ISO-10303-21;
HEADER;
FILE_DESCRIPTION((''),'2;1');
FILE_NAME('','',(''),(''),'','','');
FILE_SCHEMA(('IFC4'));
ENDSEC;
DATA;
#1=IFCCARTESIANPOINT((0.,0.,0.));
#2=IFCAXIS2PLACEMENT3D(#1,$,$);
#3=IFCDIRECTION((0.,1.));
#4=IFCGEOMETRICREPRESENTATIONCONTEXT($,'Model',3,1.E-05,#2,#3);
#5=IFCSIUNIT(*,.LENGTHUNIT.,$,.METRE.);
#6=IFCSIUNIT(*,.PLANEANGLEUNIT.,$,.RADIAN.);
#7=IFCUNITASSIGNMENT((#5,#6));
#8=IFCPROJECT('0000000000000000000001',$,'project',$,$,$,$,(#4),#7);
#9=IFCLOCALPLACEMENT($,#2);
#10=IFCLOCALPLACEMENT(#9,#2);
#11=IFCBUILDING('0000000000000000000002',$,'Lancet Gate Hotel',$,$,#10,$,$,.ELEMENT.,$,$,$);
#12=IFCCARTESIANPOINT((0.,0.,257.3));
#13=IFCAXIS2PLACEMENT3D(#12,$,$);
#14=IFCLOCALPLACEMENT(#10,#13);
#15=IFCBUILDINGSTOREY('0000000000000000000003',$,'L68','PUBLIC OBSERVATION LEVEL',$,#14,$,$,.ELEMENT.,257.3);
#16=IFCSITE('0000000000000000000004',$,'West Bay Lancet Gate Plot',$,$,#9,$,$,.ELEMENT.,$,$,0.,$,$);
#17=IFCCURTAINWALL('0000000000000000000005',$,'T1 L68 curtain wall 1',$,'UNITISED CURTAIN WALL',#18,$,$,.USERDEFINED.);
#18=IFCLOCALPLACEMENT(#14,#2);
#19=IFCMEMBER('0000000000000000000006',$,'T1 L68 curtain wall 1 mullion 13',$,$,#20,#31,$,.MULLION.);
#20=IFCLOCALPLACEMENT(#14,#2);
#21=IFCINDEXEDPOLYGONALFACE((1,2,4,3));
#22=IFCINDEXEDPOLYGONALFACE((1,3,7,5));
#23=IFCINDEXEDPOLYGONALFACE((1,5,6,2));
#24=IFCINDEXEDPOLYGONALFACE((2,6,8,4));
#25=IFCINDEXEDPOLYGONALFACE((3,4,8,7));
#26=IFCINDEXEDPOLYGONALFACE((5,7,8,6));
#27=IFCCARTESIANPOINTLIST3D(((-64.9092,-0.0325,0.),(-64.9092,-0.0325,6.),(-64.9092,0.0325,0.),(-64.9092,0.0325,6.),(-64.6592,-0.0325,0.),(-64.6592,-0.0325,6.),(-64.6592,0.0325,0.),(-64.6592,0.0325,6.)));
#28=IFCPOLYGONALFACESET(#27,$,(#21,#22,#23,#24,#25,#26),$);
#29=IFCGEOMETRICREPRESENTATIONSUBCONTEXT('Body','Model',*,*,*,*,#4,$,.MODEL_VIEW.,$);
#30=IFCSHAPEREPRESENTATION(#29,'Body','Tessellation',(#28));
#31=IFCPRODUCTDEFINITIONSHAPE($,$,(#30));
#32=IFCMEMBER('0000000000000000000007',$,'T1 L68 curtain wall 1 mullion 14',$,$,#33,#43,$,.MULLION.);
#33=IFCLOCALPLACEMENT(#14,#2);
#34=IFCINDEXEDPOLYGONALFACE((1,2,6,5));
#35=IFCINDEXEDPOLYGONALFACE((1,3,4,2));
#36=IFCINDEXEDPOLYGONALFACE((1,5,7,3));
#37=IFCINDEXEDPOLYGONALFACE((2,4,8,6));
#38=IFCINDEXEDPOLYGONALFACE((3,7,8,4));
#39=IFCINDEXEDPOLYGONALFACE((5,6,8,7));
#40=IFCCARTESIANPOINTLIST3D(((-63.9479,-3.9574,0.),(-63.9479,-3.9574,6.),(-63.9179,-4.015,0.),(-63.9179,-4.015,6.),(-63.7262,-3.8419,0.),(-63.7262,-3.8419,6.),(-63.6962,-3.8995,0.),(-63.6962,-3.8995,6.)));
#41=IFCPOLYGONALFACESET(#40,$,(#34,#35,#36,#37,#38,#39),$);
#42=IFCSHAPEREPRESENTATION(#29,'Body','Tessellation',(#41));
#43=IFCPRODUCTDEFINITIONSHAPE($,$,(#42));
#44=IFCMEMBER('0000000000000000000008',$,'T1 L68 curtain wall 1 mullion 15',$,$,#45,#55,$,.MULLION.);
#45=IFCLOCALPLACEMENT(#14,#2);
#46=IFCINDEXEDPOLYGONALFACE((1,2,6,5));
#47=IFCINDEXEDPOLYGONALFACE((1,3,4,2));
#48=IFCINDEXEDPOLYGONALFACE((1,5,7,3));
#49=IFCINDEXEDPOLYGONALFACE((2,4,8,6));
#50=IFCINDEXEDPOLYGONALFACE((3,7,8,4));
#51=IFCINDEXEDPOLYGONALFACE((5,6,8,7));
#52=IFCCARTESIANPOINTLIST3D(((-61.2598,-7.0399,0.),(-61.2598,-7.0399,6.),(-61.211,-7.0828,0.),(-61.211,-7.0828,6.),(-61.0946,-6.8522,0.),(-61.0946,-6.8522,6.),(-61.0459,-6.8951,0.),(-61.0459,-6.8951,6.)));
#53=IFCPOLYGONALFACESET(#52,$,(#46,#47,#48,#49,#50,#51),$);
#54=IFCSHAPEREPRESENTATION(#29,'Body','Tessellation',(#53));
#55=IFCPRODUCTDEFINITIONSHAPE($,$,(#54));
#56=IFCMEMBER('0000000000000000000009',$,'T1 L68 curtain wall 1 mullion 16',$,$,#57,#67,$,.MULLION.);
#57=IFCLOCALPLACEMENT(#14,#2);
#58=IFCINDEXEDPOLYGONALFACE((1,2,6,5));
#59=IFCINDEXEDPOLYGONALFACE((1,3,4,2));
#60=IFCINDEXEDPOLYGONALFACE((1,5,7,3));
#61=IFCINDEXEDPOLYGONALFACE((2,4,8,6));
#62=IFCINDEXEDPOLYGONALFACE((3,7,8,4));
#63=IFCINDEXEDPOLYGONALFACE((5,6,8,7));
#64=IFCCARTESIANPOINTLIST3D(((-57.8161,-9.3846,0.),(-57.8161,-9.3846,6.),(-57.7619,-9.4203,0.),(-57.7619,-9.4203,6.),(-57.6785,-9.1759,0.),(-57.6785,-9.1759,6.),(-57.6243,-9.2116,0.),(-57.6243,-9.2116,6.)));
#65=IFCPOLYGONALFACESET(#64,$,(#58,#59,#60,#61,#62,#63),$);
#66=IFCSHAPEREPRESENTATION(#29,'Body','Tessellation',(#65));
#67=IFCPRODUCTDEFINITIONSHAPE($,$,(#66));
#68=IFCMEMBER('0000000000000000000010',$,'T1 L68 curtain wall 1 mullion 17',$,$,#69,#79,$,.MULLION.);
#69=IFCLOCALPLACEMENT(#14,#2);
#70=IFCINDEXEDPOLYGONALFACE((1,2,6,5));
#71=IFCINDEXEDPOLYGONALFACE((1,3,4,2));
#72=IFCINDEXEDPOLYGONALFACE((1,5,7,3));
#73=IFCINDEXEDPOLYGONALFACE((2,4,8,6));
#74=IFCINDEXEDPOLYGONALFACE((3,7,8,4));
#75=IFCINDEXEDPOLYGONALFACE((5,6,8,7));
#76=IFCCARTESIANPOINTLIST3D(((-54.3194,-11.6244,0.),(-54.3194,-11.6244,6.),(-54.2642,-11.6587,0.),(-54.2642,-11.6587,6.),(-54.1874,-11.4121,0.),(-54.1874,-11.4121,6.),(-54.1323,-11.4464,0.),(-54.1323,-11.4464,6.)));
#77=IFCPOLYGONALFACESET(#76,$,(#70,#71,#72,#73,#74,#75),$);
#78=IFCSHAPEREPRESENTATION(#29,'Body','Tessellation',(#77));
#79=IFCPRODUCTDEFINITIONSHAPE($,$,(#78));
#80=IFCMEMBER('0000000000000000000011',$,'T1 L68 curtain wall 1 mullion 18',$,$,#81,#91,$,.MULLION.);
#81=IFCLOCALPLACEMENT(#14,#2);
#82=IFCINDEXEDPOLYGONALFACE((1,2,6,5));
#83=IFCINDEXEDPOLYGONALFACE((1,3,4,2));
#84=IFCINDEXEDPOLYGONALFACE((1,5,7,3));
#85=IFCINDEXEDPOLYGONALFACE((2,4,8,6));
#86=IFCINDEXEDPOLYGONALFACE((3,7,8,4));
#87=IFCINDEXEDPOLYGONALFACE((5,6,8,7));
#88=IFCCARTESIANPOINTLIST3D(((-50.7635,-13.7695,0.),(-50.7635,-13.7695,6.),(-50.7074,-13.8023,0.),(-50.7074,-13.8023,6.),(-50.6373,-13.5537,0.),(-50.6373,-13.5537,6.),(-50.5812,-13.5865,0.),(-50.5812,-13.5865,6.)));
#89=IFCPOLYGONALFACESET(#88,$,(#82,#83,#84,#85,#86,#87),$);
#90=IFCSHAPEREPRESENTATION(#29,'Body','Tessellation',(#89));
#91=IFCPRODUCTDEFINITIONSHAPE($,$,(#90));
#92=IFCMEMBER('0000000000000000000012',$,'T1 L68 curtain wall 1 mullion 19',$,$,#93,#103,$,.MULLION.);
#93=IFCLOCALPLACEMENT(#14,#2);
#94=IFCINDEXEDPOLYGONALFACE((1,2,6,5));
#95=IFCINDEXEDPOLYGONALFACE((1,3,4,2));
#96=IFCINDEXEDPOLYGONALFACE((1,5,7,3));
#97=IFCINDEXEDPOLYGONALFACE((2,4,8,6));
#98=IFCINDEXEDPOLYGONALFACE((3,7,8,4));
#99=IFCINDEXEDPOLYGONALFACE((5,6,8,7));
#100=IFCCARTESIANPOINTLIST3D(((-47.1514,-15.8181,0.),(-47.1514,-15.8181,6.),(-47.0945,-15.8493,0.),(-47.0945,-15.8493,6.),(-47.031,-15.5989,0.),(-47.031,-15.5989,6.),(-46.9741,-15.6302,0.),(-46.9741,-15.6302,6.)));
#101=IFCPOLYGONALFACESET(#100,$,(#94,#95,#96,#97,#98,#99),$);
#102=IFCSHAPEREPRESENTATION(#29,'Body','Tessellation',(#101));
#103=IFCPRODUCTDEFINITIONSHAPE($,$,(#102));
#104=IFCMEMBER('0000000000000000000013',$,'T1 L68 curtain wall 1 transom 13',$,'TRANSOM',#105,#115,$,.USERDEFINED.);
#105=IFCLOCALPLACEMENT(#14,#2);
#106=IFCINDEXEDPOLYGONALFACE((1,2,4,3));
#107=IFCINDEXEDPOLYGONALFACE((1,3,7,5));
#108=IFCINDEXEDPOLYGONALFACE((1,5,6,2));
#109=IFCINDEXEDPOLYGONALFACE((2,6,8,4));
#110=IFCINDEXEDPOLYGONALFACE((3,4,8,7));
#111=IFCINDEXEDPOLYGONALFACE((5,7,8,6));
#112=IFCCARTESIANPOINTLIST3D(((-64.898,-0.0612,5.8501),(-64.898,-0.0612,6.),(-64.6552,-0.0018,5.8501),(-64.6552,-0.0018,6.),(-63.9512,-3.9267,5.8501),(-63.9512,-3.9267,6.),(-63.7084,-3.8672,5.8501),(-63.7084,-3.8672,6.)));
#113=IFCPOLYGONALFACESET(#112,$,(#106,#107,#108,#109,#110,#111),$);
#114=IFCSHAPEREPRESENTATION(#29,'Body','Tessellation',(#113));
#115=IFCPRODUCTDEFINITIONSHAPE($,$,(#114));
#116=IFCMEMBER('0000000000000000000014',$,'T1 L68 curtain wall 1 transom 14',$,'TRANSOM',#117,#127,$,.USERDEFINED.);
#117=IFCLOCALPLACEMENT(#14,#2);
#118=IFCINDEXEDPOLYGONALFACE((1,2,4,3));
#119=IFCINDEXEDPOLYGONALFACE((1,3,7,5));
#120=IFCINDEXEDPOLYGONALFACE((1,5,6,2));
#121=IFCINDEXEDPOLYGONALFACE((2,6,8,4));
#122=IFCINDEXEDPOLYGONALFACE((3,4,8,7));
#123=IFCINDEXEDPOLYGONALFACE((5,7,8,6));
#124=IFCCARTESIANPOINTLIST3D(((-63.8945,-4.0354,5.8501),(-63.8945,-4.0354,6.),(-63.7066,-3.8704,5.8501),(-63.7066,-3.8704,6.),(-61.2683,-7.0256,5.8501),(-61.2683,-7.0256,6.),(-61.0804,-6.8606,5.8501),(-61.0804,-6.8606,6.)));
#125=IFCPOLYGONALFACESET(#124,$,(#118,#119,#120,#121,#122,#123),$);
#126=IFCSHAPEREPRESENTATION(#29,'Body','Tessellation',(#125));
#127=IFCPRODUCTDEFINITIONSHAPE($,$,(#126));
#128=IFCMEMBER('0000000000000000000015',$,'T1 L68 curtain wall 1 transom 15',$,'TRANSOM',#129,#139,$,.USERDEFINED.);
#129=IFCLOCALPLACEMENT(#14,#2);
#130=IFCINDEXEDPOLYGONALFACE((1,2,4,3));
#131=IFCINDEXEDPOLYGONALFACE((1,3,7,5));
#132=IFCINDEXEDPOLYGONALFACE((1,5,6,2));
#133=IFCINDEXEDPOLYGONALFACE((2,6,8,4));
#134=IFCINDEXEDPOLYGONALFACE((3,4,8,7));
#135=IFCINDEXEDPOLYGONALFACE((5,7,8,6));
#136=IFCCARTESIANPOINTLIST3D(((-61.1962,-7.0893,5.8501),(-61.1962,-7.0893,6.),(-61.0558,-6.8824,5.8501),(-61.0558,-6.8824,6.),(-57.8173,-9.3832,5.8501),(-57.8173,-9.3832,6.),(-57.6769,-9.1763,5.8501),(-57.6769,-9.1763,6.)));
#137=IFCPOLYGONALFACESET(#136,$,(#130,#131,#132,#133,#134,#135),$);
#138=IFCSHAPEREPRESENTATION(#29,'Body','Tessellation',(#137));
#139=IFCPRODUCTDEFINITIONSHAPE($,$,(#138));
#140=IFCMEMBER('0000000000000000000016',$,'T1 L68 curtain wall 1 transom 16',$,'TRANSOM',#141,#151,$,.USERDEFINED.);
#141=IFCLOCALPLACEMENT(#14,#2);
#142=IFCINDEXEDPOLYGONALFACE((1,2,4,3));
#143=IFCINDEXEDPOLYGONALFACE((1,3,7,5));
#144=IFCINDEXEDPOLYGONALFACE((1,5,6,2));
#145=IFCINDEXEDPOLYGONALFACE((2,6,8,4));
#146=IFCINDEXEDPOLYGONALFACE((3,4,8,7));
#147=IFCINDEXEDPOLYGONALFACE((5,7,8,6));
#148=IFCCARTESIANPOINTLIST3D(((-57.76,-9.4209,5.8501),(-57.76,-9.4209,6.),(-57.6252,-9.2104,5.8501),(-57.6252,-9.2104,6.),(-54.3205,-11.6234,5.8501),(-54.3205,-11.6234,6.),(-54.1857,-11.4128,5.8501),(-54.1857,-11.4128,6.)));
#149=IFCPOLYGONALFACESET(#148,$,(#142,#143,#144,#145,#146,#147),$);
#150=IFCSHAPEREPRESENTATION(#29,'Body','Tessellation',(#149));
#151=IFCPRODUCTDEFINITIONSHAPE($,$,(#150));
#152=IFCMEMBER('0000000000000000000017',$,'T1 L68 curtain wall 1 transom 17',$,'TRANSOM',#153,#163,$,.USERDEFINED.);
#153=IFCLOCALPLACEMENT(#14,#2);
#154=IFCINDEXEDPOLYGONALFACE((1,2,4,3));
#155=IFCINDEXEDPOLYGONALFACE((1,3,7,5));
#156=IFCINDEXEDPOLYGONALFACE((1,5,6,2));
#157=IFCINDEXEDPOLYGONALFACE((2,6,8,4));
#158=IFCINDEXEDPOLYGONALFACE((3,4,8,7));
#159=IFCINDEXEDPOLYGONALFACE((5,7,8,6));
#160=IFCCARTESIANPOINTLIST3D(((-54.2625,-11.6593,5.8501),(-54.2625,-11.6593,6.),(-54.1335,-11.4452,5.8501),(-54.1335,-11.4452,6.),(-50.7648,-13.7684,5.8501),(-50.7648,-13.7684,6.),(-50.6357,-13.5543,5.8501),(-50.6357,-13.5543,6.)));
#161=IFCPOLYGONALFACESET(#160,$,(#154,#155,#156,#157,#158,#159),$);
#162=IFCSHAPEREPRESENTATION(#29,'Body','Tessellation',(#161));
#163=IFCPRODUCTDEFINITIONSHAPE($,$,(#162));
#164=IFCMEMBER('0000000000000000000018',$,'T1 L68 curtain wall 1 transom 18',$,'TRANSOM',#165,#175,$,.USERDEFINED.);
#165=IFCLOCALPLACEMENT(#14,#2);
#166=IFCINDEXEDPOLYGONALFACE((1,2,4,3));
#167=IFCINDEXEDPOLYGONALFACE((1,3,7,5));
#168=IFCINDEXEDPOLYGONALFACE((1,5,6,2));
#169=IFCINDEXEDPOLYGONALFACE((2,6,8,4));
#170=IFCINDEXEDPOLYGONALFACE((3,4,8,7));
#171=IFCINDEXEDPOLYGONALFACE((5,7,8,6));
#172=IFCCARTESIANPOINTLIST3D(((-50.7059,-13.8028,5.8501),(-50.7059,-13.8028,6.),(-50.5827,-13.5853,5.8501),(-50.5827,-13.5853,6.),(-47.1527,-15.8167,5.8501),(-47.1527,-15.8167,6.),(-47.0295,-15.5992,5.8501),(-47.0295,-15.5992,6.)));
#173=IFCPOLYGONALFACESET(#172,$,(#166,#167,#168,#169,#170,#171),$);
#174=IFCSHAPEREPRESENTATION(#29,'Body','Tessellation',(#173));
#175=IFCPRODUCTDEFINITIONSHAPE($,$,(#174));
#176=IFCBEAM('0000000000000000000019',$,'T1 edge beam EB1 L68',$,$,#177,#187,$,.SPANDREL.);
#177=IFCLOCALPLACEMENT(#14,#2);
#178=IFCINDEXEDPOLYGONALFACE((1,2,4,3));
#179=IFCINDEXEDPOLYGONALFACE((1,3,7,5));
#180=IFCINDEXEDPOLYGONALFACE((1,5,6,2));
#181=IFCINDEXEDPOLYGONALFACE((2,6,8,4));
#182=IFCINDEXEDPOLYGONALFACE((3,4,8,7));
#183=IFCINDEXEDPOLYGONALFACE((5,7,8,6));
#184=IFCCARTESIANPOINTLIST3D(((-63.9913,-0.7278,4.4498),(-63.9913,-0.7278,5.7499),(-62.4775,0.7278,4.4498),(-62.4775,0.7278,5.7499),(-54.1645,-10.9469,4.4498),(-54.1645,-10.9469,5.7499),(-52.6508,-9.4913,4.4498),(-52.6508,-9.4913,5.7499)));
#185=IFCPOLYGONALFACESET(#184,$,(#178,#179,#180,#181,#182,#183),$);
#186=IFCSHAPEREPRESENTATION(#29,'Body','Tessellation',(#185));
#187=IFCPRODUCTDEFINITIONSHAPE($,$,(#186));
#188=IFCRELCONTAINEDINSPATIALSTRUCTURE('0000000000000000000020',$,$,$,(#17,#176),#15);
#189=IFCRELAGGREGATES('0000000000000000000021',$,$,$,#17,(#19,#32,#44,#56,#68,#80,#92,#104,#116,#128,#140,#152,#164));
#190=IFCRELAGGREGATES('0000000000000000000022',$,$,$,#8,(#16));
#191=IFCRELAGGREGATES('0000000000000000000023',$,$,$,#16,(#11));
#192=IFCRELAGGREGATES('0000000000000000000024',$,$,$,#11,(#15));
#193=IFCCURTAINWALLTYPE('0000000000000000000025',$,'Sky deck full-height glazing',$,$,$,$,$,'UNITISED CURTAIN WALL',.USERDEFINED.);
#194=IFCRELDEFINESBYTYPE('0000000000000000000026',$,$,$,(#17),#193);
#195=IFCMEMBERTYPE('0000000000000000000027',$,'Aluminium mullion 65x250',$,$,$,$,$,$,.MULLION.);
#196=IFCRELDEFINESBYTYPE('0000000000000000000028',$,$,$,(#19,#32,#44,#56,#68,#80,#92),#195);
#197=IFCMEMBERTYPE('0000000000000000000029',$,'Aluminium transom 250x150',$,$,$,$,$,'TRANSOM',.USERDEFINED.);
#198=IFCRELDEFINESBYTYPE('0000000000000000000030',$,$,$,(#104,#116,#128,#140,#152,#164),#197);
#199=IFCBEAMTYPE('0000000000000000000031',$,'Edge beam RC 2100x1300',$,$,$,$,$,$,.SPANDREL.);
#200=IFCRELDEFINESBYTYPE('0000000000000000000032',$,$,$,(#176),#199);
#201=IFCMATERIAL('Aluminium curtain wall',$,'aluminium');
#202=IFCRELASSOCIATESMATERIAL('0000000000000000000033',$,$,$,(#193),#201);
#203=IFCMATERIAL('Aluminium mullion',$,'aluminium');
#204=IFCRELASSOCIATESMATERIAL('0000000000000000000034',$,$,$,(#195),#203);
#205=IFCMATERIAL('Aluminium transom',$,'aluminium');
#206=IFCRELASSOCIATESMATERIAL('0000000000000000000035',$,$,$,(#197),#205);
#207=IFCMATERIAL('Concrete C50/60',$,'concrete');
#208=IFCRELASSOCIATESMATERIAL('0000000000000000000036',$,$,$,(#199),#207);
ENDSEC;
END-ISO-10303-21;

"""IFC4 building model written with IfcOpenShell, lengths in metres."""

from ifc_helpers import new_model, si_unit, direction, frame, origin, origin_2d, place, context, subcontext, project, spatial, rectangle, extrude, material, material_profile, profile_set, type_object, element, aggregate, save


model = new_model("IFC4")

# Units and contexts
model_context = context("Model", 3, precision=1e-05, world=origin(), true_north=direction((0.0, 1.0)))
body_context = subcontext(model_context, "Body", "Model", "MODEL_VIEW")
ifc_project = project(units=[si_unit("LENGTHUNIT", "METRE"), si_unit("PLANEANGLEUNIT", "RADIAN")], contexts=[model_context])

# Site, building, storey
site_placement = place(None, origin())
site = spatial("IfcSite", under=ifc_project, at=site_placement, Name="West Bay Lancet Gate Plot", CompositionType="ELEMENT", RefElevation=0.0)
building_placement = place(site_placement, origin())
building = spatial("IfcBuilding", under=site, at=building_placement, Name="Lancet Gate Hotel", CompositionType="ELEMENT")
storey_placement = place(building_placement, frame((0.0, 0.0, 257.3)))
storey = spatial("IfcBuildingStorey", under=building, at=storey_placement, Name="L68", Description="PUBLIC OBSERVATION LEVEL", CompositionType="ELEMENT", Elevation=257.3)

# Curtain wall, members
ifc_material_1 = material(Name="Aluminium curtain wall", Category="aluminium")
curtain_wall_type = type_object("IfcCurtainWallType", Name="Sky deck full-height glazing", ElementType="UNITISED CURTAIN WALL", PredefinedType="USERDEFINED", material=ifc_material_1)
curtain_wall_placement = place(storey_placement, origin())
curtain_wall = element("IfcCurtainWall", 1, at=curtain_wall_placement, inside=storey, type_object=curtain_wall_type, Name="T1 L68 curtain wall 1", ObjectType="UNITISED CURTAIN WALL", PredefinedType="USERDEFINED")
ifc_material_2 = material(Name="Aluminium mullion", Category="aluminium")
ifc_material_profile_1 = material_profile(ifc_material_2, rectangle(XDim=0.0649, YDim=0.25, at=origin_2d()), Name="MULLION 65x250")
ifc_profile_set_1 = profile_set([ifc_material_profile_1], Name="Aluminium mullion")
member_type_1 = type_object("IfcMemberType", Name="Aluminium mullion 65x250", PredefinedType="MULLION", material=ifc_profile_set_1)
member_1_placement = place(storey_placement, frame((-64.7842, 0.0, 0.0), z_axis=(0.0, 0.0, 1.0), x_axis=(0.0, -1.0, 0.0)))
member_1 = element("IfcMember", 2, at=member_1_placement, type_object=member_type_1, Name="T1 L68 curtain wall 1 mullion 13", PredefinedType="MULLION", context=body_context, shape_type="SweptSolid", body=[
    extrude(rectangle(XDim=0.0649, YDim=0.25, at=origin_2d()), origin(), (0.0, 0.0, 1.0), 6.0),
])
member_2_placement = place(storey_placement, frame((-63.822, -3.9285, 0.0), z_axis=(0.0, 0.0, 1.0), x_axis=(0.462178, -0.886787, 0.0)))
member_2 = element("IfcMember", 3, at=member_2_placement, type_object=member_type_1, Name="T1 L68 curtain wall 1 mullion 14", PredefinedType="MULLION", context=body_context, shape_type="SweptSolid", body=[
    extrude(rectangle(XDim=0.0649, YDim=0.25, at=origin_2d()), origin(), (0.0, 0.0, 1.0), 6.0),
])
member_3_placement = place(storey_placement, frame((-61.1528, -6.9675, 0.0), z_axis=(0.0, 0.0, 1.0), x_axis=(0.750716, -0.660626, 0.0)))
member_3 = element("IfcMember", 4, at=member_3_placement, type_object=member_type_1, Name="T1 L68 curtain wall 1 mullion 15", PredefinedType="MULLION", context=body_context, shape_type="SweptSolid", body=[
    extrude(rectangle(XDim=0.0649, YDim=0.25, at=origin_2d()), origin(), (0.0, 0.0, 1.0), 6.0),
])
member_4_placement = place(storey_placement, frame((-57.7202, -9.2981, 0.0), z_axis=(0.0, 0.0, 1.0), x_axis=(0.834827, -0.550512, 0.0)))
member_4 = element("IfcMember", 5, at=member_4_placement, type_object=member_type_1, Name="T1 L68 curtain wall 1 mullion 16", PredefinedType="MULLION", context=body_context, shape_type="SweptSolid", body=[
    extrude(rectangle(XDim=0.0649, YDim=0.25, at=origin_2d()), origin(), (0.0, 0.0, 1.0), 6.0),
])
member_5_placement = place(storey_placement, frame((-54.2258, -11.5354, 0.0), z_axis=(0.0, 0.0, 1.0), x_axis=(0.849342, -0.527842, 0.0)))
member_5 = element("IfcMember", 6, at=member_5_placement, type_object=member_type_1, Name="T1 L68 curtain wall 1 mullion 17", PredefinedType="MULLION", context=body_context, shape_type="SweptSolid", body=[
    extrude(rectangle(XDim=0.0649, YDim=0.25, at=origin_2d()), origin(), (0.0, 0.0, 1.0), 6.0),
])
member_6_placement = place(storey_placement, frame((-50.6724, -13.678, 0.0), z_axis=(0.0, 0.0, 1.0), x_axis=(0.863242, -0.50479, 0.0)))
member_6 = element("IfcMember", 7, at=member_6_placement, type_object=member_type_1, Name="T1 L68 curtain wall 1 mullion 18", PredefinedType="MULLION", context=body_context, shape_type="SweptSolid", body=[
    extrude(rectangle(XDim=0.0649, YDim=0.25, at=origin_2d()), origin(), (0.0, 0.0, 1.0), 6.0),
])
member_7_placement = place(storey_placement, frame((-47.0627, -15.7241, 0.0), z_axis=(0.0, 0.0, 1.0), x_axis=(0.876516, -0.481372, 0.0)))
member_7 = element("IfcMember", 8, at=member_7_placement, type_object=member_type_1, Name="T1 L68 curtain wall 1 mullion 19", PredefinedType="MULLION", context=body_context, shape_type="SweptSolid", body=[
    extrude(rectangle(XDim=0.0649, YDim=0.25, at=origin_2d()), origin(), (0.0, 0.0, 1.0), 6.0),
])
ifc_material_3 = material(Name="Aluminium transom", Category="aluminium")
ifc_material_profile_2 = material_profile(ifc_material_3, rectangle(XDim=0.25, YDim=0.1499, at=origin_2d()), Name="TRANSOM 250x150")
ifc_profile_set_2 = profile_set([ifc_material_profile_2], Name="Aluminium transom")
member_type_2 = type_object("IfcMemberType", Name="Aluminium transom 250x150", ElementType="TRANSOM", PredefinedType="USERDEFINED", material=ifc_profile_set_2)
member_8_placement = place(storey_placement, frame((-64.7766, -0.0315, 5.925), z_axis=(0.237899, -0.97129, 0.0), x_axis=(0.97129, 0.237899, 0.0)))
member_8 = element("IfcMember", 9, at=member_8_placement, type_object=member_type_2, Name="T1 L68 curtain wall 1 transom 13", ObjectType="TRANSOM", PredefinedType="USERDEFINED", context=body_context, shape_type="SweptSolid", body=[
    extrude(rectangle(XDim=0.25, YDim=0.1499, at=origin_2d()), origin(), (0.0, 0.0, 1.0), 3.9797),
])
member_9_placement = place(storey_placement, frame((-63.8005, -3.9529, 5.925), z_axis=(0.659893, -0.751359, 0.0), x_axis=(0.751359, 0.659893, 0.0)))
member_9 = element("IfcMember", 10, at=member_9_placement, type_object=member_type_2, Name="T1 L68 curtain wall 1 transom 14", ObjectType="TRANSOM", PredefinedType="USERDEFINED", context=body_context, shape_type="SweptSolid", body=[
    extrude(rectangle(XDim=0.25, YDim=0.1499, at=origin_2d()), origin(), (0.0, 0.0, 1.0), 3.9797),
])
member_10_placement = place(storey_placement, frame((-61.126, -6.9858, 5.925), z_axis=(0.827349, -0.561689, 0.0), x_axis=(0.561689, 0.827349, 0.0)))
member_10 = element("IfcMember", 11, at=member_10_placement, type_object=member_type_2, Name="T1 L68 curtain wall 1 transom 15", ObjectType="TRANSOM", PredefinedType="USERDEFINED", context=body_context, shape_type="SweptSolid", body=[
    extrude(rectangle(XDim=0.25, YDim=0.1499, at=origin_2d()), origin(), (0.0, 0.0, 1.0), 4.084),
])
member_11_placement = place(storey_placement, frame((-57.6926, -9.3157, 5.925), z_axis=(0.842144, -0.539252, 0.0), x_axis=(0.539252, 0.842144, 0.0)))
member_11 = element("IfcMember", 12, at=member_11_placement, type_object=member_type_2, Name="T1 L68 curtain wall 1 transom 16", ObjectType="TRANSOM", PredefinedType="USERDEFINED", context=body_context, shape_type="SweptSolid", body=[
    extrude(rectangle(XDim=0.25, YDim=0.1499, at=origin_2d()), origin(), (0.0, 0.0, 1.0), 4.0842),
])
member_12_placement = place(storey_placement, frame((-54.198, -11.5522, 5.925), z_axis=(0.856362, -0.516376, 0.0), x_axis=(0.516376, 0.856362, 0.0)))
member_12 = element("IfcMember", 13, at=member_12_placement, type_object=member_type_2, Name="T1 L68 curtain wall 1 transom 17", ObjectType="TRANSOM", PredefinedType="USERDEFINED", context=body_context, shape_type="SweptSolid", body=[
    extrude(rectangle(XDim=0.25, YDim=0.1499, at=origin_2d()), origin(), (0.0, 0.0, 1.0), 4.0845),
])
member_13_placement = place(storey_placement, frame((-50.6443, -13.6941, 5.925), z_axis=(0.869978, -0.493091, 0.0), x_axis=(0.493091, 0.869978, 0.0)))
member_13 = element("IfcMember", 14, at=member_13_placement, type_object=member_type_2, Name="T1 L68 curtain wall 1 transom 18", ObjectType="TRANSOM", PredefinedType="USERDEFINED", context=body_context, shape_type="SweptSolid", body=[
    extrude(rectangle(XDim=0.25, YDim=0.1499, at=origin_2d()), origin(), (0.0, 0.0, 1.0), 4.0842),
])

# Beam
ifc_material_4 = material(Name="Concrete C50/60", Category="concrete")
ifc_material_profile_3 = material_profile(ifc_material_4, rectangle(XDim=2.1001, YDim=1.3, at=origin_2d()), Name="RC 2100x1300")
ifc_profile_set_3 = profile_set([ifc_material_profile_3], Name="Concrete C50/60")
beam_type_1 = type_object("IfcBeamType", Name="Edge beam RC 2100x1300", PredefinedType="SPANDREL", material=ifc_profile_set_3)
beam_1_placement = place(storey_placement, frame((-63.2344, 0.0, 5.0999), z_axis=(0.693135, -0.720808, 0.0), x_axis=(0.720808, 0.693135, 0.0)))
element("IfcBeam", 15, at=beam_1_placement, inside=storey, type_object=beam_type_1, Name="T1 edge beam EB1 L68", PredefinedType="SPANDREL", context=body_context, shape_type="SweptSolid", body=[
    extrude(rectangle(XDim=2.1001, YDim=1.3, at=origin_2d()), origin(), (0.0, 0.0, 1.0), 14.1772),
])

aggregate(curtain_wall, [member_1, member_2, member_3, member_4, member_5, member_6, member_7, member_8, member_9, member_10, member_11, member_12, member_13])

save(model, "model.ifc")
